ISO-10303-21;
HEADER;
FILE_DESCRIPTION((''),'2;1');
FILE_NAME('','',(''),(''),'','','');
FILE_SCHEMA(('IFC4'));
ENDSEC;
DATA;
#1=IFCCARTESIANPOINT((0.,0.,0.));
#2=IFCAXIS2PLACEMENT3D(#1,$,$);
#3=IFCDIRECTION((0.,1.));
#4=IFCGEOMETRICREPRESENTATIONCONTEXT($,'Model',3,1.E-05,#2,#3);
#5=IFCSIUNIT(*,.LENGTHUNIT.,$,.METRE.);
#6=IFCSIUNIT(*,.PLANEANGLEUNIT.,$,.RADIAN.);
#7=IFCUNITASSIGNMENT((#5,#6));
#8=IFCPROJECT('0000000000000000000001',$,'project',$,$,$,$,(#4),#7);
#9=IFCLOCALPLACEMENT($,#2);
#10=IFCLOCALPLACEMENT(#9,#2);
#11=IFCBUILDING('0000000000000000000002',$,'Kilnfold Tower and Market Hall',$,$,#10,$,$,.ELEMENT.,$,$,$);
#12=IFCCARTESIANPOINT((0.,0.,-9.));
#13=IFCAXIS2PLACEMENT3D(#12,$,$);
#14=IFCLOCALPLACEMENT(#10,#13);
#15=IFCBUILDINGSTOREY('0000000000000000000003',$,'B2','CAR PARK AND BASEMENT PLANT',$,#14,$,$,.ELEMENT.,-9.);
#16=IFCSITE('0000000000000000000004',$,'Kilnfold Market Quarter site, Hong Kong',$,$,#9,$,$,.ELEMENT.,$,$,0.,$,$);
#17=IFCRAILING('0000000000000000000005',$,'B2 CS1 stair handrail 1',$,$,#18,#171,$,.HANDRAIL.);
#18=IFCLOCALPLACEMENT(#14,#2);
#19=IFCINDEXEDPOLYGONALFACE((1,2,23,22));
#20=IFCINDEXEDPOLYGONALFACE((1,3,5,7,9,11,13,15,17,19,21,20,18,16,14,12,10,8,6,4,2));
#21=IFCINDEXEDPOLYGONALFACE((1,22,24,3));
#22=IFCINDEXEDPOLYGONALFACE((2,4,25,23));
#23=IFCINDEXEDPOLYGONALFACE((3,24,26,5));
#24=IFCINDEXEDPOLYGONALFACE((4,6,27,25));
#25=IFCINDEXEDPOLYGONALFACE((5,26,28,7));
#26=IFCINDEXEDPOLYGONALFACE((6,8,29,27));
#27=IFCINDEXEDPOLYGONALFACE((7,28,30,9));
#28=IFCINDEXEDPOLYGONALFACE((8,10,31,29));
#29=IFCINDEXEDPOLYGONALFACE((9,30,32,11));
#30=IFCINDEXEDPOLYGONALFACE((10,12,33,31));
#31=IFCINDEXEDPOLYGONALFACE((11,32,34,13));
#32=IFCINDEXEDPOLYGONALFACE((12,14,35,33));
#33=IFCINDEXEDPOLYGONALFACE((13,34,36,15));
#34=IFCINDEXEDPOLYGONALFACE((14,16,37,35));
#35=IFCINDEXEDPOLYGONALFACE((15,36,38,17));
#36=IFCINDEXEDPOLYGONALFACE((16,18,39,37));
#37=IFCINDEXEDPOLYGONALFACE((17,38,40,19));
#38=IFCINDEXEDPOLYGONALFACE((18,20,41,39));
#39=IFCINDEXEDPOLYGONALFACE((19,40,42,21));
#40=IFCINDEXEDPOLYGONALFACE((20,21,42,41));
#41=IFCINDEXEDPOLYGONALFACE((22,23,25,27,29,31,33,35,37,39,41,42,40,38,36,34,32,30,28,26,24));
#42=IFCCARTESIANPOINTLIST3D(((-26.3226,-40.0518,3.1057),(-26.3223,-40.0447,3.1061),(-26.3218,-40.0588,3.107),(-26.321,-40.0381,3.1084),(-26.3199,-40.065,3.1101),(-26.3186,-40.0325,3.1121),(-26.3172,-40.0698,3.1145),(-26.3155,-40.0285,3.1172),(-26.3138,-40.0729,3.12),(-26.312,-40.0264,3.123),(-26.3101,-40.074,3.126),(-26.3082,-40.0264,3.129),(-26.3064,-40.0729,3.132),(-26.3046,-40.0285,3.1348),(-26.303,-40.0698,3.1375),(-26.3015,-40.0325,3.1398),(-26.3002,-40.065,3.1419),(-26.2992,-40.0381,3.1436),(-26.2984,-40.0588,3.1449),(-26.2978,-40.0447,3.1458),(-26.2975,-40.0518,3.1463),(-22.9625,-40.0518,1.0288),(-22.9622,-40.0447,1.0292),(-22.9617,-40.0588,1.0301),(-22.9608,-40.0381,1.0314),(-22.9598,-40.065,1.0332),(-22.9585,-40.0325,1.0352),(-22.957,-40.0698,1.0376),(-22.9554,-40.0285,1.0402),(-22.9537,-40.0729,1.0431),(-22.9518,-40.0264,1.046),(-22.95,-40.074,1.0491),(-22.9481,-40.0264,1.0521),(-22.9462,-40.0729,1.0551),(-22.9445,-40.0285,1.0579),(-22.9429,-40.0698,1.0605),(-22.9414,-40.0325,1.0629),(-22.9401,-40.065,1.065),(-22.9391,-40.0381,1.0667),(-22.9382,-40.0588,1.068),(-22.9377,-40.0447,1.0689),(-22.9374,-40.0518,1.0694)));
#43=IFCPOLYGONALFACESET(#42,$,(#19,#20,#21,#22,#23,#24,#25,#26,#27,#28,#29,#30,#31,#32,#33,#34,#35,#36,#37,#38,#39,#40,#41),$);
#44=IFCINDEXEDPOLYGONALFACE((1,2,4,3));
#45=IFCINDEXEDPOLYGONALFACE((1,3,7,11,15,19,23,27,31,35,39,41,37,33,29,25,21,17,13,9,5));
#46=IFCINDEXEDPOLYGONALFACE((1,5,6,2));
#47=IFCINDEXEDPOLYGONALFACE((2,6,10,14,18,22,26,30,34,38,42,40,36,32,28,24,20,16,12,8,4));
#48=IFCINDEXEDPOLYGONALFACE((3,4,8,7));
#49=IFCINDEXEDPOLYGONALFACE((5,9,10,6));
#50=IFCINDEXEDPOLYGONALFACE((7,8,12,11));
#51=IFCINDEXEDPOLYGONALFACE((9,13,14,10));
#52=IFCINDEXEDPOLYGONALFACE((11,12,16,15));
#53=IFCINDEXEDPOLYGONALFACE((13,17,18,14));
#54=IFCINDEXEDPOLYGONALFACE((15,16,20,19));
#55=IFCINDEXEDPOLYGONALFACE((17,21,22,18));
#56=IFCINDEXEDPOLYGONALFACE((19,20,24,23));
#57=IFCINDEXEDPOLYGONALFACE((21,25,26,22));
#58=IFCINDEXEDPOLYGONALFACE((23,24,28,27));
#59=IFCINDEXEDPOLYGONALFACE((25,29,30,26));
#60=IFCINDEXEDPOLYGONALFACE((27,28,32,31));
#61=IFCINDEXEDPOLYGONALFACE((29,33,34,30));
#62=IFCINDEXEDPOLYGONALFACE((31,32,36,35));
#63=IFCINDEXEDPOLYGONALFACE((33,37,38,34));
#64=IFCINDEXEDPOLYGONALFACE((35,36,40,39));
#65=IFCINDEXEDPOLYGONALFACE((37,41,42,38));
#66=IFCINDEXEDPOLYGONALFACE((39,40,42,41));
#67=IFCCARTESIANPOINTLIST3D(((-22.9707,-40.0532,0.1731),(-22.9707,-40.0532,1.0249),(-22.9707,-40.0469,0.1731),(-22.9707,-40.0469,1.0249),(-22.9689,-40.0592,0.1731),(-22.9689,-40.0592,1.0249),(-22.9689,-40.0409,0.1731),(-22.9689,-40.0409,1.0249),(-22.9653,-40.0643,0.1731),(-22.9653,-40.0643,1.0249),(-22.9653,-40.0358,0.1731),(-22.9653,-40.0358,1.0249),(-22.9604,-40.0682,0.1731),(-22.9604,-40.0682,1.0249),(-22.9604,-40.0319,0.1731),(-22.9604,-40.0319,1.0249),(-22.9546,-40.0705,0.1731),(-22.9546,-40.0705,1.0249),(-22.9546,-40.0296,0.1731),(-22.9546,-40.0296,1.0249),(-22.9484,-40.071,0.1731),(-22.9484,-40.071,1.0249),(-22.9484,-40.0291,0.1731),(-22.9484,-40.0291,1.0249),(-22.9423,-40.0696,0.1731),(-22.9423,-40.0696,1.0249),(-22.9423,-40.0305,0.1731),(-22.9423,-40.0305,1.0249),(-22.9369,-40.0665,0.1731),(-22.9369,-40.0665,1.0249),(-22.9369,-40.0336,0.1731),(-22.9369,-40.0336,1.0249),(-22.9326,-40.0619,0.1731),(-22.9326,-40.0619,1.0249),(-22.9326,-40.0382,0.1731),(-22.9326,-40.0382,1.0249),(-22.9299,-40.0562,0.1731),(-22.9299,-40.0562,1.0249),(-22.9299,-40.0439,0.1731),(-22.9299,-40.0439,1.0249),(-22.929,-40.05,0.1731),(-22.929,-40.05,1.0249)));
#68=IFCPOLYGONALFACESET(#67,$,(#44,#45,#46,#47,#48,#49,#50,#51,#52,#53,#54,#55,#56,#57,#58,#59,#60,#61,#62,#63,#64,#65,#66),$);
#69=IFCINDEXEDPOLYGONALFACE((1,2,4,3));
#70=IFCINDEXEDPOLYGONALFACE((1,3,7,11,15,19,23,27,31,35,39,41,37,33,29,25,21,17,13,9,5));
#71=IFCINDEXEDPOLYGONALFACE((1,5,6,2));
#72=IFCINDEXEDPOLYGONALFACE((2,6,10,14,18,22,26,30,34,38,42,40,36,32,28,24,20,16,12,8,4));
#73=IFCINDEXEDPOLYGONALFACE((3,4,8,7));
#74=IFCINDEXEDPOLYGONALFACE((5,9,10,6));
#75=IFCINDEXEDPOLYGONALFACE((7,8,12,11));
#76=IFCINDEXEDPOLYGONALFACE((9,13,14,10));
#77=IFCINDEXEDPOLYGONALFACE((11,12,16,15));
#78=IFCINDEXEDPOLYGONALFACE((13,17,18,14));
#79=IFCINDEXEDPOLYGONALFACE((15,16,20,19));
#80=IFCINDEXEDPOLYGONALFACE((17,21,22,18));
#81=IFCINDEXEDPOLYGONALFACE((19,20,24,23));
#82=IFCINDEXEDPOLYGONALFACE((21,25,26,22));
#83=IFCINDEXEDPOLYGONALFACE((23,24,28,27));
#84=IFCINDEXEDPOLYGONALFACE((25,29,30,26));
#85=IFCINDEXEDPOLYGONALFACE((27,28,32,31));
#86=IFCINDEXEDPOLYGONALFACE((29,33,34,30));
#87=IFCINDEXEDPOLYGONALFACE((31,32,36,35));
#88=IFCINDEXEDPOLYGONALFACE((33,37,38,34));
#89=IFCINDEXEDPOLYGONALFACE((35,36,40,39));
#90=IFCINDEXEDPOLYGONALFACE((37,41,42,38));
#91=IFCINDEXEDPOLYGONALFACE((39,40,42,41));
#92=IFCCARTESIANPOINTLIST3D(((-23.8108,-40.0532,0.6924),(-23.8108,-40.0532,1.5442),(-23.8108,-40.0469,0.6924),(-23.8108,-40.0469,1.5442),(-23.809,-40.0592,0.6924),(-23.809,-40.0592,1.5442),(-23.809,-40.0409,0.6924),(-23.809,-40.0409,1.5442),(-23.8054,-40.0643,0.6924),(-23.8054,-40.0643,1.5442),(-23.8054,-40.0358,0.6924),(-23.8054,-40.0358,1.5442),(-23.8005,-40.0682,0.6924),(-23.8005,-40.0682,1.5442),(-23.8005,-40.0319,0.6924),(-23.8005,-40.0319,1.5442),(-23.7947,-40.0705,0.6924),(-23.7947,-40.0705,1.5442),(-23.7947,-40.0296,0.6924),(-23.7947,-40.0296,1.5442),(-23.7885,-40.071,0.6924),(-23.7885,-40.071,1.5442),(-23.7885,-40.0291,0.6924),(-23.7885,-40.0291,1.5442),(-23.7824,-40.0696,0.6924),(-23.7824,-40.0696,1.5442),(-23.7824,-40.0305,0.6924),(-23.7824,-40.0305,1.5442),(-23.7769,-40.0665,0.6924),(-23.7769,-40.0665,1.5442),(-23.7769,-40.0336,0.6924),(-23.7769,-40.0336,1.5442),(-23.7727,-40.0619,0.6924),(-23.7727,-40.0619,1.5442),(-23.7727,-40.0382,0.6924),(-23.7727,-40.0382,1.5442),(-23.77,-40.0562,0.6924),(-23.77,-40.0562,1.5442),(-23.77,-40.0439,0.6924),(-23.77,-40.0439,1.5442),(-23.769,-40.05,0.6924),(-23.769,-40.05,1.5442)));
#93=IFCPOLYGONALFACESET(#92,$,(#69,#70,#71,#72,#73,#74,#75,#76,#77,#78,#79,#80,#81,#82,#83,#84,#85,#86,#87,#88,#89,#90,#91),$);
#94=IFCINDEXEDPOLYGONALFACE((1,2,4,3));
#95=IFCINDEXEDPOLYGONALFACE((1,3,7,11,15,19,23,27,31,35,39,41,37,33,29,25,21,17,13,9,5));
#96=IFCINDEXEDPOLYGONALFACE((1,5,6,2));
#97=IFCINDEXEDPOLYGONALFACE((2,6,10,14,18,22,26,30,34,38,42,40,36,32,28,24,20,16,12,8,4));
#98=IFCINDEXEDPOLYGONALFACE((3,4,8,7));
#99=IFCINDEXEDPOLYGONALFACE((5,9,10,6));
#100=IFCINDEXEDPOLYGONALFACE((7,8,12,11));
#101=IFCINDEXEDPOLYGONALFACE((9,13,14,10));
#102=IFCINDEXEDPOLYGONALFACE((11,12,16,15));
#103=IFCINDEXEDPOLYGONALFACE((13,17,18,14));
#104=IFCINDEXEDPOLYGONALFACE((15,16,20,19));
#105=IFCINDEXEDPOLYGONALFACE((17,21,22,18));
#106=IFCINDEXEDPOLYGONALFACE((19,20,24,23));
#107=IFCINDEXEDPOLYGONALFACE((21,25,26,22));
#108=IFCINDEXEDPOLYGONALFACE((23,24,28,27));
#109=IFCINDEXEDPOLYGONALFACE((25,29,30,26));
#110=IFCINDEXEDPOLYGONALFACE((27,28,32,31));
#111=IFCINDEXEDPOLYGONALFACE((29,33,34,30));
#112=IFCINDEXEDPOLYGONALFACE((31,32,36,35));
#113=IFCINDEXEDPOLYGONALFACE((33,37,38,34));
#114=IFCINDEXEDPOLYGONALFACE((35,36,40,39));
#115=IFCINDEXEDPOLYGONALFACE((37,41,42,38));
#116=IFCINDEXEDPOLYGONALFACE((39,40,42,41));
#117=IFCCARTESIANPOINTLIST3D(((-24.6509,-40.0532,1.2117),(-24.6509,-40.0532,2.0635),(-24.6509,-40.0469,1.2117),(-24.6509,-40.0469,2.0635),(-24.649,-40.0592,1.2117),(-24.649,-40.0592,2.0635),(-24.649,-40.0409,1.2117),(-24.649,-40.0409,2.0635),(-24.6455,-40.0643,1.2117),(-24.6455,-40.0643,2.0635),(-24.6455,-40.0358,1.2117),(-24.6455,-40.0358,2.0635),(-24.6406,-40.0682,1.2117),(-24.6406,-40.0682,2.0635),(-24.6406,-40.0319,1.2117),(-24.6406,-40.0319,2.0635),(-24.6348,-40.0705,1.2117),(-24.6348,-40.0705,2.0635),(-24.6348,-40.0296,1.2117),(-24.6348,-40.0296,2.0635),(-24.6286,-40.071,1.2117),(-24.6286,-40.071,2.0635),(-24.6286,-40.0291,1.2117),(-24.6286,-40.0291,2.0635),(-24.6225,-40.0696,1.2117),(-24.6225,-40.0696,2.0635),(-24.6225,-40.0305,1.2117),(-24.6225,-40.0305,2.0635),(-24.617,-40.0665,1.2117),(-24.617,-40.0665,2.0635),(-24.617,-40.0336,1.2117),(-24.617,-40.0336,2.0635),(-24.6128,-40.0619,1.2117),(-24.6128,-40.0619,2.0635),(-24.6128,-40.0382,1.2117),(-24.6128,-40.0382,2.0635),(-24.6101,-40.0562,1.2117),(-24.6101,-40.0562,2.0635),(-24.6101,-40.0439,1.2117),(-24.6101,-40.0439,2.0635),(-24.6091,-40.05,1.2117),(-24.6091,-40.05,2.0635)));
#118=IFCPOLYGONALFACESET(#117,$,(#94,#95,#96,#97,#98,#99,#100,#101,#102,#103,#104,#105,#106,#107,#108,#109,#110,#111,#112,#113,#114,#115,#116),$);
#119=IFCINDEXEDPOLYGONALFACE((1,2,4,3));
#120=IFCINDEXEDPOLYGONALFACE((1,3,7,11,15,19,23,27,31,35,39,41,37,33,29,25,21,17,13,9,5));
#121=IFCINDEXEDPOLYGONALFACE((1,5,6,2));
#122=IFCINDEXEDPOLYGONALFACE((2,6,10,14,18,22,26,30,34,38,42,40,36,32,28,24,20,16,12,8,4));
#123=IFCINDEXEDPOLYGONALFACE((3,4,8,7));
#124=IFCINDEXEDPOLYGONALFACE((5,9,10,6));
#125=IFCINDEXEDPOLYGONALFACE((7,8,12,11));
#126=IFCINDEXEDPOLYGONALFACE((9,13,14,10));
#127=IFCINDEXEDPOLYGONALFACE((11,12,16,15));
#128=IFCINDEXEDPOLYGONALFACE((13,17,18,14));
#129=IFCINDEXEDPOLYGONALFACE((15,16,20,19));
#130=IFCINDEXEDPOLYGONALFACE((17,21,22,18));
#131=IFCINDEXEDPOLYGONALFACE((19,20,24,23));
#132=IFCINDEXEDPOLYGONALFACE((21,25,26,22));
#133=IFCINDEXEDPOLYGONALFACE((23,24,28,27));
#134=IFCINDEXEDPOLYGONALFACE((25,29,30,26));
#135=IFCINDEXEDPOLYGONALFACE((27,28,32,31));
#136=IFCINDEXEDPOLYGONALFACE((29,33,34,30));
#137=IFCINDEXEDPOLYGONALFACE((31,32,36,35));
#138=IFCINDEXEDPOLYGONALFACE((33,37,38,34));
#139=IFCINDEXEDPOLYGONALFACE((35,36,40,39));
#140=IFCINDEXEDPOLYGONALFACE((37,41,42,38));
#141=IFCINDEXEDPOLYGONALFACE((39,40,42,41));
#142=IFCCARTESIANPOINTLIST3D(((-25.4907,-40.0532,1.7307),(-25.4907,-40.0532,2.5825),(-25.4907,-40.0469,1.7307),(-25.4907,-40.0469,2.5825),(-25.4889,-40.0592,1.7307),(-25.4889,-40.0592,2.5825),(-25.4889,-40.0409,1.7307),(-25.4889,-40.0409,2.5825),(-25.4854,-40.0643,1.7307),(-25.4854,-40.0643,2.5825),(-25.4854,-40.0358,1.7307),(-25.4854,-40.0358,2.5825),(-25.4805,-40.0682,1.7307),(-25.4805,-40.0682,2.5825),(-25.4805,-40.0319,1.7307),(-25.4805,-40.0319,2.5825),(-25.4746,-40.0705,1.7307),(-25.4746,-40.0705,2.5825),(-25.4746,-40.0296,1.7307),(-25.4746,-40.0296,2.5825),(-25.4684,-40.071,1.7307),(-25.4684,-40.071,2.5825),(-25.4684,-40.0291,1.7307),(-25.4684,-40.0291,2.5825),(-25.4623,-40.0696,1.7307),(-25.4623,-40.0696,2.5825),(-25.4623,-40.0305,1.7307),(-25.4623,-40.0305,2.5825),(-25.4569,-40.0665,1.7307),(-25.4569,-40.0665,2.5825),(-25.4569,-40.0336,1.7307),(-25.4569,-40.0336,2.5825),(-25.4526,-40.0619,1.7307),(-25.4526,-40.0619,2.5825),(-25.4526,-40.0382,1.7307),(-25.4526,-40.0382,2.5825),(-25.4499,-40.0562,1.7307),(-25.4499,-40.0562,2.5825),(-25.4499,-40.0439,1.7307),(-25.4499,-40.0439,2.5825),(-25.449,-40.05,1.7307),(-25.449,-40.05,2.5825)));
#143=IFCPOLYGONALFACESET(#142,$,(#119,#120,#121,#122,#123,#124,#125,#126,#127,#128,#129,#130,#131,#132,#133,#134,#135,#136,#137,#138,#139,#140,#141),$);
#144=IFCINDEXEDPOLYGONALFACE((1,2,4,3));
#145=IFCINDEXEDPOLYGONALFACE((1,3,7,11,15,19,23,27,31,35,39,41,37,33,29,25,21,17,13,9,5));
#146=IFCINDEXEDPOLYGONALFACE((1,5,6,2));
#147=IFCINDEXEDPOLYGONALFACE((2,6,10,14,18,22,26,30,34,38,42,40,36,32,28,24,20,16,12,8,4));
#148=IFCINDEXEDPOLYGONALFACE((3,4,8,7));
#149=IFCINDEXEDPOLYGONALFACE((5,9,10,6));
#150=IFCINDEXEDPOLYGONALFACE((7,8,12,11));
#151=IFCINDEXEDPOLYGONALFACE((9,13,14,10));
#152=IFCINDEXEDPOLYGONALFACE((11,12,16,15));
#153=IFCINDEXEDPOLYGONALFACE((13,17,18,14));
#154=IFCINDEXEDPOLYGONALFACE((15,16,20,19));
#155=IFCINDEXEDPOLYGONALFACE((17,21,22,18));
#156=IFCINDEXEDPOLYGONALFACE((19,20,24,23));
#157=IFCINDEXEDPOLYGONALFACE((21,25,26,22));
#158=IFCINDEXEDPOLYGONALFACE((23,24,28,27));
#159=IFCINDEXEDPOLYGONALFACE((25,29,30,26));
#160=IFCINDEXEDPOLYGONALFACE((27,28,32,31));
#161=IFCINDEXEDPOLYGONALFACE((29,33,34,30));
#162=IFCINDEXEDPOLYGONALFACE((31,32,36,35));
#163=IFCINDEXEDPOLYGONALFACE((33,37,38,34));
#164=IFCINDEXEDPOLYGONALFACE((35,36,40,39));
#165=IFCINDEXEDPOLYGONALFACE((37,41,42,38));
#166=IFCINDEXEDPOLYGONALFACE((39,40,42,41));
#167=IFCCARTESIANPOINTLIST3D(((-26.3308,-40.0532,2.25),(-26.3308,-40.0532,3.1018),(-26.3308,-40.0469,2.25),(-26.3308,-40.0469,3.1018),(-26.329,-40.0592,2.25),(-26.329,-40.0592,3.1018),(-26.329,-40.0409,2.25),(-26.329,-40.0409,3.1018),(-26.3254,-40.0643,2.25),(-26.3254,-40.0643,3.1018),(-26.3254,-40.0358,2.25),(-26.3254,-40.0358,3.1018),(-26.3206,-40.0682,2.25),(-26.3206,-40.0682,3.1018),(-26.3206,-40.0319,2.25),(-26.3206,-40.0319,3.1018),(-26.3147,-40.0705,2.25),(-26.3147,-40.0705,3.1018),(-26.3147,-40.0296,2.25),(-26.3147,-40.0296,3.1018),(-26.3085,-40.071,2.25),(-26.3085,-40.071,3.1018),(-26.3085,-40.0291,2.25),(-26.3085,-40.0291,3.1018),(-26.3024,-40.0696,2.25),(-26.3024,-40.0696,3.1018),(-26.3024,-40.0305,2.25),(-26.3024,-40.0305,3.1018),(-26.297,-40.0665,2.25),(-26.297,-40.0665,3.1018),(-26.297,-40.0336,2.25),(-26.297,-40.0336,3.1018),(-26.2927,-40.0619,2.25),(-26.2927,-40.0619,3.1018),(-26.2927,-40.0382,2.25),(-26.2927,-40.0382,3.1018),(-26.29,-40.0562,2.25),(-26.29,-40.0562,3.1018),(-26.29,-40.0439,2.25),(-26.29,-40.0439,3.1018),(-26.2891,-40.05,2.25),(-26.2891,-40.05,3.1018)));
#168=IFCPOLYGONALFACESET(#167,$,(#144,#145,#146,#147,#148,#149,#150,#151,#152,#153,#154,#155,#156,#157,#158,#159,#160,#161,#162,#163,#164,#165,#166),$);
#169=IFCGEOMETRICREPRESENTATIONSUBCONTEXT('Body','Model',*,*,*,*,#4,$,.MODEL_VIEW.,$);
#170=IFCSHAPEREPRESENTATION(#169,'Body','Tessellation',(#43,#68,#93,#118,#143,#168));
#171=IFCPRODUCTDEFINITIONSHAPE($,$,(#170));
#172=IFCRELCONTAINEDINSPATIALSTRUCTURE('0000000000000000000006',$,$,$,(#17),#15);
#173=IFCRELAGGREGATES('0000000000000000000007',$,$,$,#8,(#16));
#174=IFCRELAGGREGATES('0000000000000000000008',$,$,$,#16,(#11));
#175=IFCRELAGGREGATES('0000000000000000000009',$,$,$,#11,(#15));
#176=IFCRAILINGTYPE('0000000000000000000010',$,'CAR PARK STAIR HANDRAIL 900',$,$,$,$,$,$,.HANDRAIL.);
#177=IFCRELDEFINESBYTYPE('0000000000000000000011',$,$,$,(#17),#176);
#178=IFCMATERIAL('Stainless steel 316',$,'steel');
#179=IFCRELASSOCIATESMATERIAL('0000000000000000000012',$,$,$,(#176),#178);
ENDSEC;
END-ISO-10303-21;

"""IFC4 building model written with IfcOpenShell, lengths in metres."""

from ifc_helpers import new_model, si_unit, direction, frame, origin, origin_2d, place, context, subcontext, project, spatial, circle, extrude, material, type_object, element, save


model = new_model("IFC4")

# Units and contexts
model_context = context("Model", 3, precision=1e-05, world=origin(), true_north=direction((0.0, 1.0)))
body_context = subcontext(model_context, "Body", "Model", "MODEL_VIEW")
ifc_project = project(units=[si_unit("LENGTHUNIT", "METRE"), si_unit("PLANEANGLEUNIT", "RADIAN")], contexts=[model_context])

# Site, building, storey
site_placement = place(None, origin())
site = spatial("IfcSite", under=ifc_project, at=site_placement, Name="Kilnfold Market Quarter site, Hong Kong", CompositionType="ELEMENT", RefElevation=0.0)
building_placement = place(site_placement, origin())
building = spatial("IfcBuilding", under=site, at=building_placement, Name="Kilnfold Tower and Market Hall", CompositionType="ELEMENT")
storey_placement = place(building_placement, frame((0.0, 0.0, -9.0)))
storey = spatial("IfcBuildingStorey", under=building, at=storey_placement, Name="B2", Description="CAR PARK AND BASEMENT PLANT", CompositionType="ELEMENT", Elevation=-9.0)

# Railing
ifc_material_1 = material(Name="Stainless steel 316", Category="steel")
railing_type_1 = type_object("IfcRailingType", Name="CAR PARK STAIR HANDRAIL 900", PredefinedType="HANDRAIL", material=ifc_material_1)
railing_1_placement = place(storey_placement, frame((-22.95, -40.05, 0.1731)))
element("IfcRailing", 1, at=railing_1_placement, inside=storey, type_object=railing_type_1, Name="B2 CS1 stair handrail 1", PredefinedType="HANDRAIL", context=body_context, shape_type="SweptSolid", body=[
    extrude(circle(Radius=0.0239, at=origin_2d()), frame((0.0, 0.0, 0.876), z_axis=(-0.850623, 0.0, 0.525776), x_axis=(0.0, -1.0, 0.0)), (0.0, 0.0, 1.0), 3.9502),
    extrude(circle(Radius=0.021, at=origin_2d()), origin(), (0.0, 0.0, 1.0), 0.8518),
    extrude(circle(Radius=0.021, at=origin_2d()), frame((-0.8401, 0.0, 0.5193)), (0.0, 0.0, 1.0), 0.8518),
    extrude(circle(Radius=0.021, at=origin_2d()), frame((-1.6802, 0.0, 1.0386)), (0.0, 0.0, 1.0), 0.8518),
    extrude(circle(Radius=0.021, at=origin_2d()), frame((-2.52, 0.0, 1.5576)), (0.0, 0.0, 1.0), 0.8518),
    extrude(circle(Radius=0.021, at=origin_2d()), frame((-3.3601, 0.0, 2.0769)), (0.0, 0.0, 1.0), 0.8518),
])

save(model, "model.ifc")
